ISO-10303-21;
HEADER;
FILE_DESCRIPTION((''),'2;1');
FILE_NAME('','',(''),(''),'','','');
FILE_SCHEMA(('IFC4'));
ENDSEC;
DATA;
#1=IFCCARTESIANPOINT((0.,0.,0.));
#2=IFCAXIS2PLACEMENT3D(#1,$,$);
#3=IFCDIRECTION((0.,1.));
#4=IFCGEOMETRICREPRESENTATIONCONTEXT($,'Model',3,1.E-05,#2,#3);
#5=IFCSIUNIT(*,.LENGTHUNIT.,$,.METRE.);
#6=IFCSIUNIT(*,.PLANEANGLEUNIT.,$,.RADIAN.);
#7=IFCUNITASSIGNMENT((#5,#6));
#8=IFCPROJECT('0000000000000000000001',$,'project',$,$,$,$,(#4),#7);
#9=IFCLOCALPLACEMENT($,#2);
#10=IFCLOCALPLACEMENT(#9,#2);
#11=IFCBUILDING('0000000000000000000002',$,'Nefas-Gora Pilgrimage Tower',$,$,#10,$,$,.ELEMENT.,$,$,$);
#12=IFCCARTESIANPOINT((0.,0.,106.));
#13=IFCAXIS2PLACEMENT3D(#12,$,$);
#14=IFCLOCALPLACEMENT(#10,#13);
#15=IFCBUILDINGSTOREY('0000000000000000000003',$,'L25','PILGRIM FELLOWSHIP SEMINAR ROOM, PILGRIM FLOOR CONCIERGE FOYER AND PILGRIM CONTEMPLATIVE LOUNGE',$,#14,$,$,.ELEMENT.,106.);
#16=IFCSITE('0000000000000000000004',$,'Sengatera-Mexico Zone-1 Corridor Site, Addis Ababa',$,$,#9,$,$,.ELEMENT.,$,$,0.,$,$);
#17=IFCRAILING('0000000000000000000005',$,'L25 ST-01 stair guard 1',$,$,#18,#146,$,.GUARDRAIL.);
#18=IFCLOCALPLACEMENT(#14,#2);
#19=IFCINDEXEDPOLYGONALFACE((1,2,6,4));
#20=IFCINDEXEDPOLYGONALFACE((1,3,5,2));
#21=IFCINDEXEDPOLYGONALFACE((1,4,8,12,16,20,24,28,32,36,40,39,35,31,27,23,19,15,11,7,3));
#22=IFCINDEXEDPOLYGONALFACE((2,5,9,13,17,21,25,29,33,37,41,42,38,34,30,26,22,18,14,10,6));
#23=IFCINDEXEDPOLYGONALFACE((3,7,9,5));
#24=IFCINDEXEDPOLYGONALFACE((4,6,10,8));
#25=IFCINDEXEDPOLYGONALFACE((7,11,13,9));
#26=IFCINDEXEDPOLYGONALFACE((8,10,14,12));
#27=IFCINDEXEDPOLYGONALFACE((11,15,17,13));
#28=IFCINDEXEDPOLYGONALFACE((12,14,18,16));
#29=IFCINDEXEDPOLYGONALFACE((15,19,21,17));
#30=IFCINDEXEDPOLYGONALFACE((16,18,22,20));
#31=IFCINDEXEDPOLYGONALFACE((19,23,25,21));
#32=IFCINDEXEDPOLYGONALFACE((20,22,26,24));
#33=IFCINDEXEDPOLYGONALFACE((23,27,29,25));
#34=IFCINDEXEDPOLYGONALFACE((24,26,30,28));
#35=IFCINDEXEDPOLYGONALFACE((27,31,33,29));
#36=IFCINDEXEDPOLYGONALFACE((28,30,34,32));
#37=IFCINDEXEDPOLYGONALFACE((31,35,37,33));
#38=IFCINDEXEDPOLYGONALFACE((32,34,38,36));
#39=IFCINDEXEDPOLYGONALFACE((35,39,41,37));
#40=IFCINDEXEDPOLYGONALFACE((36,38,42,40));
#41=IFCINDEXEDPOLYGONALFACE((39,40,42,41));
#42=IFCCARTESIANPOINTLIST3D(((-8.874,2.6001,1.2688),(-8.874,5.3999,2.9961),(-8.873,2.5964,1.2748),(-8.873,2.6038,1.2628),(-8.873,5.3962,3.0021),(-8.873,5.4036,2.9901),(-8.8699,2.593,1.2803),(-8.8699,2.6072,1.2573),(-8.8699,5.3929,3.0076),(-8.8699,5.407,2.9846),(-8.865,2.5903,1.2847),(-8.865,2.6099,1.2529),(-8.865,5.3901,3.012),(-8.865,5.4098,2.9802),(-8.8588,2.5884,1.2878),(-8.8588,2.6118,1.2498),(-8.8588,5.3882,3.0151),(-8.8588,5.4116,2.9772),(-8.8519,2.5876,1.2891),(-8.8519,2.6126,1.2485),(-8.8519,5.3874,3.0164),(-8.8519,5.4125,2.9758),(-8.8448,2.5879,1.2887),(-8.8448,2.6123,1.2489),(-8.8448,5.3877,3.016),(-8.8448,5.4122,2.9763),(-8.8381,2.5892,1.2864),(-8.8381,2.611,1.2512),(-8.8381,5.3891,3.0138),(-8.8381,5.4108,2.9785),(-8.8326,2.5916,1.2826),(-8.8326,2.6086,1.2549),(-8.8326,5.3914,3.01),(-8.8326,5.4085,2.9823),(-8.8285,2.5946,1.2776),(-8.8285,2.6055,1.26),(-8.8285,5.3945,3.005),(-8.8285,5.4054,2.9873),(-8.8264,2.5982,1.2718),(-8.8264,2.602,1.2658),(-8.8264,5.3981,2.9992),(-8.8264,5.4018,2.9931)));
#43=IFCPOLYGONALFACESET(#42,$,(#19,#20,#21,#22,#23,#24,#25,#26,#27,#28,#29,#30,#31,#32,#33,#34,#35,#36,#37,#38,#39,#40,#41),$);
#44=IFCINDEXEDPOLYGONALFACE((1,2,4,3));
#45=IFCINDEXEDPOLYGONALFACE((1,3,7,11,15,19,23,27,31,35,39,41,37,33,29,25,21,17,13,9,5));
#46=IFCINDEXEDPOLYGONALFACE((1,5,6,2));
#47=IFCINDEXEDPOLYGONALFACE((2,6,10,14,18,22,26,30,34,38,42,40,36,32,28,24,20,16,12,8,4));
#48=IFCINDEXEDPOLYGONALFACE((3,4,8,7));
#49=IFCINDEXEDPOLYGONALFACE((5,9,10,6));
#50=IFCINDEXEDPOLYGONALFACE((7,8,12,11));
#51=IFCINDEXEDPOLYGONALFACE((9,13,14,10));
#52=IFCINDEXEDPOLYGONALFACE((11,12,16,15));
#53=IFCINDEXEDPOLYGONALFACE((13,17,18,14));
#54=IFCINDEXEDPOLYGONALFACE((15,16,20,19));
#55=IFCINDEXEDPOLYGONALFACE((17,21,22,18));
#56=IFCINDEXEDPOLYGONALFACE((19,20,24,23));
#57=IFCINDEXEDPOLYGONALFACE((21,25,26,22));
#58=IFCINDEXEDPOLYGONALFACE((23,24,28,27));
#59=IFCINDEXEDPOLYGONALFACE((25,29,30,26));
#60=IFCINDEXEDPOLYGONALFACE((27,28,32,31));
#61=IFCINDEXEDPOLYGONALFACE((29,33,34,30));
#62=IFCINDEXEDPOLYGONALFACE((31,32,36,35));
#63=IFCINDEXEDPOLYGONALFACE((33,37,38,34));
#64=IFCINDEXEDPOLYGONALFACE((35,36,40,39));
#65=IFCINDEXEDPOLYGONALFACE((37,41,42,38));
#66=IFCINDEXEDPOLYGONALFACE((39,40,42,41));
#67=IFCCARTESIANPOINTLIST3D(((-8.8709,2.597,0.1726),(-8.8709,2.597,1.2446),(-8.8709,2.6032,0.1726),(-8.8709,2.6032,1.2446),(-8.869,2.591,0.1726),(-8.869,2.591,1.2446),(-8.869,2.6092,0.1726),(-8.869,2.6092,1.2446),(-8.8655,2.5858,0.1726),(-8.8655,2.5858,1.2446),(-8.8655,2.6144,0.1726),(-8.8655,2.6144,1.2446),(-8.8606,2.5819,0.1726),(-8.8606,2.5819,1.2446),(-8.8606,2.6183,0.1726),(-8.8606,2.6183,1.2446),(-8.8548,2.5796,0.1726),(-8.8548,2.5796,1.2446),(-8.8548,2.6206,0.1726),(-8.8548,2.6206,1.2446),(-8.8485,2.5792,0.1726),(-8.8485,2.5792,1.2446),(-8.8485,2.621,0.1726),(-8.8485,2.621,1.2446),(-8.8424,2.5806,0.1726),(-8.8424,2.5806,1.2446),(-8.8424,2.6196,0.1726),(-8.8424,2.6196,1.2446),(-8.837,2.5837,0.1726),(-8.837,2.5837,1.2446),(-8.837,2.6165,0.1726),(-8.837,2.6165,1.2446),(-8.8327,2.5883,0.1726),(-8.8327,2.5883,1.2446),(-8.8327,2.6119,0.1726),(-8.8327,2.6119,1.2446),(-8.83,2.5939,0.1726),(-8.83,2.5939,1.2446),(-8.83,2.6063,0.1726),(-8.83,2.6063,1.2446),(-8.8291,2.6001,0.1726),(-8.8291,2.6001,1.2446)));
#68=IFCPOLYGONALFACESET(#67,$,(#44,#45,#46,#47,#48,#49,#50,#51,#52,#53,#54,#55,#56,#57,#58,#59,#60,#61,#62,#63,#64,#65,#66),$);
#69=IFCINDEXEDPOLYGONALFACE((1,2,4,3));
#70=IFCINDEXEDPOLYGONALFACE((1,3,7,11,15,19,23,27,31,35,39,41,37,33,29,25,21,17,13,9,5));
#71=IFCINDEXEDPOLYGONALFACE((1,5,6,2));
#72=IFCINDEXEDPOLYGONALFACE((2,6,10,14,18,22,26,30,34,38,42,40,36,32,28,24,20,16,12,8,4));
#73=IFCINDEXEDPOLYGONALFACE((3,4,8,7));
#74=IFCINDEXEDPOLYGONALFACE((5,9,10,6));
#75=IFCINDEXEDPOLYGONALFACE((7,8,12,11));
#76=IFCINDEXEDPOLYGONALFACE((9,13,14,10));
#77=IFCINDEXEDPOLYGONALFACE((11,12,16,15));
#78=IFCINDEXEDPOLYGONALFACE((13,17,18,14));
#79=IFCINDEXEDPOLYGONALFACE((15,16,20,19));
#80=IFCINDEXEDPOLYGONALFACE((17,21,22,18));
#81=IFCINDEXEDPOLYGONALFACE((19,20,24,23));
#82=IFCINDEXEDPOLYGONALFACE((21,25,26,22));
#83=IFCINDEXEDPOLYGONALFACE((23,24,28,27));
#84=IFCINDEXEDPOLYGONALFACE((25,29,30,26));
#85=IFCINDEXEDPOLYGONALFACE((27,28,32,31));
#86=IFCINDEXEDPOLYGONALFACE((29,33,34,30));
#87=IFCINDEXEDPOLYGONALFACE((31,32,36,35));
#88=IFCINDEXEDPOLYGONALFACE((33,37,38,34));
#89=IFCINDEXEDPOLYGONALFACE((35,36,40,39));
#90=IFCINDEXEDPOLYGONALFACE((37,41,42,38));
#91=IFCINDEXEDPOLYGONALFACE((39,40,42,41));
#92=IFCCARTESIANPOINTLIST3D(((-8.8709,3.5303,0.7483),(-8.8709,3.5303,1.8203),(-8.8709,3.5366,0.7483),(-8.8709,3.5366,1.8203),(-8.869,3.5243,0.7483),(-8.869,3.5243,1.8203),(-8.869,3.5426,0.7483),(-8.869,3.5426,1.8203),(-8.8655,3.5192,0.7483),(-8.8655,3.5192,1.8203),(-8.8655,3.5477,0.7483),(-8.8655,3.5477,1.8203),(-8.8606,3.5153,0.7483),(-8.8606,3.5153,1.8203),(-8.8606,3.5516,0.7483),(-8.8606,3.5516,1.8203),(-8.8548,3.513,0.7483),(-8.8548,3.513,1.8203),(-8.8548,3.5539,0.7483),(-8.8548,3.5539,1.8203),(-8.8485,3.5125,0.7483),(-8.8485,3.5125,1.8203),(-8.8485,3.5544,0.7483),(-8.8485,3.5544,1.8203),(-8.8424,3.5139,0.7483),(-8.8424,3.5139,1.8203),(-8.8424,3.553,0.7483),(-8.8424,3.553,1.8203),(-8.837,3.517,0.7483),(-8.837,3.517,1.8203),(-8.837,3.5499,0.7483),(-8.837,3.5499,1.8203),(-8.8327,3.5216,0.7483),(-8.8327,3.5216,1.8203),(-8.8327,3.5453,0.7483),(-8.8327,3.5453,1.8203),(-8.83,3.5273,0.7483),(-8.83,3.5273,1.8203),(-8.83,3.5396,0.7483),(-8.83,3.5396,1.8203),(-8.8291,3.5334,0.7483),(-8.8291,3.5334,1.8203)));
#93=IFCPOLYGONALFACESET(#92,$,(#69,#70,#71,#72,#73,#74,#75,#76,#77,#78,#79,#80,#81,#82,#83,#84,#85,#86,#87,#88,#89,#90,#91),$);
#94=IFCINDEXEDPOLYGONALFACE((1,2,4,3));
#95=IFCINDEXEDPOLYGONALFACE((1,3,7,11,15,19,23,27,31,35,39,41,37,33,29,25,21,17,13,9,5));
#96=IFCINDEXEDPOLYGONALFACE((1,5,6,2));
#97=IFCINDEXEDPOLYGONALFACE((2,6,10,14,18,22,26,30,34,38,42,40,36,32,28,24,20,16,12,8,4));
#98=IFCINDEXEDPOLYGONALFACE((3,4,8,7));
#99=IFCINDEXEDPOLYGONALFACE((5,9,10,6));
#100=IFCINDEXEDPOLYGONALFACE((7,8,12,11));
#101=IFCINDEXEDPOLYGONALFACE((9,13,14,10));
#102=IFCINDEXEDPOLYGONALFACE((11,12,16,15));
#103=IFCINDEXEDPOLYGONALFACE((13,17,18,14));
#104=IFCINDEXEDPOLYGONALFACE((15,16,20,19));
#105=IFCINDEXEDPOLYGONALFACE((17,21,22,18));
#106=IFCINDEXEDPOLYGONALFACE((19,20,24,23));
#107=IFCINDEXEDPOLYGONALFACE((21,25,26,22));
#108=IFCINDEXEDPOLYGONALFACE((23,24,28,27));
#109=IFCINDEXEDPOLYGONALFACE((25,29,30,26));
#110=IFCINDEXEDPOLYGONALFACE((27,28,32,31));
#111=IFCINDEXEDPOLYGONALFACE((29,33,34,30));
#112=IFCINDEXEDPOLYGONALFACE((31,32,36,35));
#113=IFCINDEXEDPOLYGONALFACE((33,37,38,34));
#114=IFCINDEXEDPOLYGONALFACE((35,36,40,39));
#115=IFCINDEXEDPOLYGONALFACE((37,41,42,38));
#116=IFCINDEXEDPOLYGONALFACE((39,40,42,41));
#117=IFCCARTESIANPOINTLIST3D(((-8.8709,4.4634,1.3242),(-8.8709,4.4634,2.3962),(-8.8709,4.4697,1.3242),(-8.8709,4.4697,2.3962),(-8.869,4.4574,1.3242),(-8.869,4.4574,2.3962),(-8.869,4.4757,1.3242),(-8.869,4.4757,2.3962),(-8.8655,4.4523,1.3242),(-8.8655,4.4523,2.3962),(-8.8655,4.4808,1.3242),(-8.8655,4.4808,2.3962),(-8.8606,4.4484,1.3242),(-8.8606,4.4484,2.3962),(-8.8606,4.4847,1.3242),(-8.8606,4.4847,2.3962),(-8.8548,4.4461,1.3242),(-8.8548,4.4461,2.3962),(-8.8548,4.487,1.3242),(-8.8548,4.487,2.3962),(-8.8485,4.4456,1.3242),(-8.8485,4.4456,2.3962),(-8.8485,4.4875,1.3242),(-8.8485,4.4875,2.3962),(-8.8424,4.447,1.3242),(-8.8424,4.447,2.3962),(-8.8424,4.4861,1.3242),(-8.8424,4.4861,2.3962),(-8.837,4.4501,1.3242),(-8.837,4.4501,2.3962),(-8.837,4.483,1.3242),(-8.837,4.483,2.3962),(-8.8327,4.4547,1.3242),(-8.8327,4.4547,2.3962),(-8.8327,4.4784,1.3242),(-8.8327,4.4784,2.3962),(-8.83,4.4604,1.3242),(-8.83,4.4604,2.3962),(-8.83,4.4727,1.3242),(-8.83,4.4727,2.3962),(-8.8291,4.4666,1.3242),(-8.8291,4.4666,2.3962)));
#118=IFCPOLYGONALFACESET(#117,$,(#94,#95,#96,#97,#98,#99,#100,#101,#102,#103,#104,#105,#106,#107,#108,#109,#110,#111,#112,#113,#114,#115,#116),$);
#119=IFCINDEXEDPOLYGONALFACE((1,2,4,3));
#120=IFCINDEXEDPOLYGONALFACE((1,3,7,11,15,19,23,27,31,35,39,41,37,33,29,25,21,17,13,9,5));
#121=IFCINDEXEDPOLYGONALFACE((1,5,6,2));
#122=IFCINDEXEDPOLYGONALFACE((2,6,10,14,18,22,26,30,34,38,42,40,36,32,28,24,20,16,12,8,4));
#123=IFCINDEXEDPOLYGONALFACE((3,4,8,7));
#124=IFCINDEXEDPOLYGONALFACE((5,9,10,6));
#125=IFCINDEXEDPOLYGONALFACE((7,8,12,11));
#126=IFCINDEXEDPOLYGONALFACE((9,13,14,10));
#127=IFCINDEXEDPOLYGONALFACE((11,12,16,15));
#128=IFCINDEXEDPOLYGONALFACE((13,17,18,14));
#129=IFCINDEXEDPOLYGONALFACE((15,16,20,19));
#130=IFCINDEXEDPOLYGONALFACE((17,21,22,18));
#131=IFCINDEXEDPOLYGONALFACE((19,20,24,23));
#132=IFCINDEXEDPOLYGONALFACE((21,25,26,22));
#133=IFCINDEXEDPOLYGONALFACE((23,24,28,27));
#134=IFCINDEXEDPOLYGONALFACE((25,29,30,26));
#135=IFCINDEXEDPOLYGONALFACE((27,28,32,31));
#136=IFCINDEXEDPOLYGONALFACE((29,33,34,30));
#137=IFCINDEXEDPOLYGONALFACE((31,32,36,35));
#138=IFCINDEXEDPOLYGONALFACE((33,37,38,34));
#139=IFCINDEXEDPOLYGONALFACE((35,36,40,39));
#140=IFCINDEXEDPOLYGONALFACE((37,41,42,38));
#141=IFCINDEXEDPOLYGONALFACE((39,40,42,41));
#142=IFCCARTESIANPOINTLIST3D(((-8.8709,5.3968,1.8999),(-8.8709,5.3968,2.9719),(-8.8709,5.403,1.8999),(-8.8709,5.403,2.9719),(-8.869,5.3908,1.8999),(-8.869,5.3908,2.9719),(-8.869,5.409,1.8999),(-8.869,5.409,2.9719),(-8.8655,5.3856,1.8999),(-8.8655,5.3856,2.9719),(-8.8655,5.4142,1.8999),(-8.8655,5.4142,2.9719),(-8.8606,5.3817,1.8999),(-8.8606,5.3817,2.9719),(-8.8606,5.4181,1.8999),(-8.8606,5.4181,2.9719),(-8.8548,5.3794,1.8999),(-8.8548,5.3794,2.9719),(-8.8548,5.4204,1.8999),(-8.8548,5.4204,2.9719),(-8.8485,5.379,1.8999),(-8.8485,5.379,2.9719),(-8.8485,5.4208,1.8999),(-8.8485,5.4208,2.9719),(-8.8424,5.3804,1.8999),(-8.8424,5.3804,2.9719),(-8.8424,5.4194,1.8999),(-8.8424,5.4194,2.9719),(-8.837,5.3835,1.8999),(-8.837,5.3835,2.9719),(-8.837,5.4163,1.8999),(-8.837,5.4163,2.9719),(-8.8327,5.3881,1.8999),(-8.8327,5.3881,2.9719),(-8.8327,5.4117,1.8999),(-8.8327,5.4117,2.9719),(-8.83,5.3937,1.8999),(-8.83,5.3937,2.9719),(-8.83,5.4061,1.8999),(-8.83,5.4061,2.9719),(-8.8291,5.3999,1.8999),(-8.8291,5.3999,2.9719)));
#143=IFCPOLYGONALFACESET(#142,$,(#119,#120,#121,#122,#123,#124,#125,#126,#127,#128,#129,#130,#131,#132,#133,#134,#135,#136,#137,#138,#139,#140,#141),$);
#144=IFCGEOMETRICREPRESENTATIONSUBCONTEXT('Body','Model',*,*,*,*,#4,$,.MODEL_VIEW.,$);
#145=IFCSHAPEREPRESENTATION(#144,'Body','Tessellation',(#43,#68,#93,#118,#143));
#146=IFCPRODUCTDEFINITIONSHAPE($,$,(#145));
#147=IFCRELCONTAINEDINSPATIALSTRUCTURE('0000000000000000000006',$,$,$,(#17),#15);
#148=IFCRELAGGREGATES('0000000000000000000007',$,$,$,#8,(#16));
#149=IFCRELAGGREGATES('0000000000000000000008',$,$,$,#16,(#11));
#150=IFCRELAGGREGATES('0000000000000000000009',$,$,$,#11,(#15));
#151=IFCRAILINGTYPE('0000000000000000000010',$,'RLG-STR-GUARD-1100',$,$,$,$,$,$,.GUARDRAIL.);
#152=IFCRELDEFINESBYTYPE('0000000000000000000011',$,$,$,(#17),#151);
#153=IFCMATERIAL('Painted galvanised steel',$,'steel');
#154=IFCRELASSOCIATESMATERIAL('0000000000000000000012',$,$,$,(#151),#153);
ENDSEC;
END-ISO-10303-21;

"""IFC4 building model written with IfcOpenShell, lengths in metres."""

from ifc_helpers import new_model, si_unit, direction, frame, origin, origin_2d, place, context, subcontext, project, spatial, circle, extrude, material, type_object, element, save


model = new_model("IFC4")

# Units and contexts
model_context = context("Model", 3, precision=1e-05, world=origin(), true_north=direction((0.0, 1.0)))
body_context = subcontext(model_context, "Body", "Model", "MODEL_VIEW")
ifc_project = project(units=[si_unit("LENGTHUNIT", "METRE"), si_unit("PLANEANGLEUNIT", "RADIAN")], contexts=[model_context])

# Site, building, storey
site_placement = place(None, origin())
site = spatial("IfcSite", under=ifc_project, at=site_placement, Name="Sengatera-Mexico Zone-1 Corridor Site, Addis Ababa", CompositionType="ELEMENT", RefElevation=0.0)
building_placement = place(site_placement, origin())
building = spatial("IfcBuilding", under=site, at=building_placement, Name="Nefas-Gora Pilgrimage Tower", CompositionType="ELEMENT")
storey_placement = place(building_placement, frame((0.0, 0.0, 106.0)))
storey = spatial("IfcBuildingStorey", under=building, at=storey_placement, Name="L25", Description="PILGRIM FELLOWSHIP SEMINAR ROOM, PILGRIM FLOOR CONCIERGE FOYER AND PILGRIM CONTEMPLATIVE LOUNGE", CompositionType="ELEMENT", Elevation=106.0)

# Railing
ifc_material_1 = material(Name="Painted galvanised steel", Category="steel")
railing_type_1 = type_object("IfcRailingType", Name="RLG-STR-GUARD-1100", PredefinedType="GUARDRAIL", material=ifc_material_1)
railing_1_placement = place(storey_placement, frame((-8.8501, 2.6001, 0.1726)))
element("IfcRailing", 1, at=railing_1_placement, inside=storey, type_object=railing_type_1, Name="L25 ST-01 stair guard 1", PredefinedType="GUARDRAIL", context=body_context, shape_type="SweptSolid", body=[
    extrude(circle(Radius=0.0239, at=origin_2d()), frame((0.0, 0.0, 1.0962), z_axis=(0.0, 0.851069, 0.525054), x_axis=(-1.0, 0.0, 0.0)), (0.0, 0.0, 1.0), 3.2898),
    extrude(circle(Radius=0.021, at=origin_2d()), origin(), (0.0, 0.0, 1.0), 1.072),
    extrude(circle(Radius=0.021, at=origin_2d()), frame((0.0, 0.9333, 0.5757)), (0.0, 0.0, 1.0), 1.072),
    extrude(circle(Radius=0.021, at=origin_2d()), frame((0.0, 1.8665, 1.1516)), (0.0, 0.0, 1.0), 1.072),
    extrude(circle(Radius=0.021, at=origin_2d()), frame((0.0, 2.7998, 1.7273)), (0.0, 0.0, 1.0), 1.072),
])

save(model, "model.ifc")
